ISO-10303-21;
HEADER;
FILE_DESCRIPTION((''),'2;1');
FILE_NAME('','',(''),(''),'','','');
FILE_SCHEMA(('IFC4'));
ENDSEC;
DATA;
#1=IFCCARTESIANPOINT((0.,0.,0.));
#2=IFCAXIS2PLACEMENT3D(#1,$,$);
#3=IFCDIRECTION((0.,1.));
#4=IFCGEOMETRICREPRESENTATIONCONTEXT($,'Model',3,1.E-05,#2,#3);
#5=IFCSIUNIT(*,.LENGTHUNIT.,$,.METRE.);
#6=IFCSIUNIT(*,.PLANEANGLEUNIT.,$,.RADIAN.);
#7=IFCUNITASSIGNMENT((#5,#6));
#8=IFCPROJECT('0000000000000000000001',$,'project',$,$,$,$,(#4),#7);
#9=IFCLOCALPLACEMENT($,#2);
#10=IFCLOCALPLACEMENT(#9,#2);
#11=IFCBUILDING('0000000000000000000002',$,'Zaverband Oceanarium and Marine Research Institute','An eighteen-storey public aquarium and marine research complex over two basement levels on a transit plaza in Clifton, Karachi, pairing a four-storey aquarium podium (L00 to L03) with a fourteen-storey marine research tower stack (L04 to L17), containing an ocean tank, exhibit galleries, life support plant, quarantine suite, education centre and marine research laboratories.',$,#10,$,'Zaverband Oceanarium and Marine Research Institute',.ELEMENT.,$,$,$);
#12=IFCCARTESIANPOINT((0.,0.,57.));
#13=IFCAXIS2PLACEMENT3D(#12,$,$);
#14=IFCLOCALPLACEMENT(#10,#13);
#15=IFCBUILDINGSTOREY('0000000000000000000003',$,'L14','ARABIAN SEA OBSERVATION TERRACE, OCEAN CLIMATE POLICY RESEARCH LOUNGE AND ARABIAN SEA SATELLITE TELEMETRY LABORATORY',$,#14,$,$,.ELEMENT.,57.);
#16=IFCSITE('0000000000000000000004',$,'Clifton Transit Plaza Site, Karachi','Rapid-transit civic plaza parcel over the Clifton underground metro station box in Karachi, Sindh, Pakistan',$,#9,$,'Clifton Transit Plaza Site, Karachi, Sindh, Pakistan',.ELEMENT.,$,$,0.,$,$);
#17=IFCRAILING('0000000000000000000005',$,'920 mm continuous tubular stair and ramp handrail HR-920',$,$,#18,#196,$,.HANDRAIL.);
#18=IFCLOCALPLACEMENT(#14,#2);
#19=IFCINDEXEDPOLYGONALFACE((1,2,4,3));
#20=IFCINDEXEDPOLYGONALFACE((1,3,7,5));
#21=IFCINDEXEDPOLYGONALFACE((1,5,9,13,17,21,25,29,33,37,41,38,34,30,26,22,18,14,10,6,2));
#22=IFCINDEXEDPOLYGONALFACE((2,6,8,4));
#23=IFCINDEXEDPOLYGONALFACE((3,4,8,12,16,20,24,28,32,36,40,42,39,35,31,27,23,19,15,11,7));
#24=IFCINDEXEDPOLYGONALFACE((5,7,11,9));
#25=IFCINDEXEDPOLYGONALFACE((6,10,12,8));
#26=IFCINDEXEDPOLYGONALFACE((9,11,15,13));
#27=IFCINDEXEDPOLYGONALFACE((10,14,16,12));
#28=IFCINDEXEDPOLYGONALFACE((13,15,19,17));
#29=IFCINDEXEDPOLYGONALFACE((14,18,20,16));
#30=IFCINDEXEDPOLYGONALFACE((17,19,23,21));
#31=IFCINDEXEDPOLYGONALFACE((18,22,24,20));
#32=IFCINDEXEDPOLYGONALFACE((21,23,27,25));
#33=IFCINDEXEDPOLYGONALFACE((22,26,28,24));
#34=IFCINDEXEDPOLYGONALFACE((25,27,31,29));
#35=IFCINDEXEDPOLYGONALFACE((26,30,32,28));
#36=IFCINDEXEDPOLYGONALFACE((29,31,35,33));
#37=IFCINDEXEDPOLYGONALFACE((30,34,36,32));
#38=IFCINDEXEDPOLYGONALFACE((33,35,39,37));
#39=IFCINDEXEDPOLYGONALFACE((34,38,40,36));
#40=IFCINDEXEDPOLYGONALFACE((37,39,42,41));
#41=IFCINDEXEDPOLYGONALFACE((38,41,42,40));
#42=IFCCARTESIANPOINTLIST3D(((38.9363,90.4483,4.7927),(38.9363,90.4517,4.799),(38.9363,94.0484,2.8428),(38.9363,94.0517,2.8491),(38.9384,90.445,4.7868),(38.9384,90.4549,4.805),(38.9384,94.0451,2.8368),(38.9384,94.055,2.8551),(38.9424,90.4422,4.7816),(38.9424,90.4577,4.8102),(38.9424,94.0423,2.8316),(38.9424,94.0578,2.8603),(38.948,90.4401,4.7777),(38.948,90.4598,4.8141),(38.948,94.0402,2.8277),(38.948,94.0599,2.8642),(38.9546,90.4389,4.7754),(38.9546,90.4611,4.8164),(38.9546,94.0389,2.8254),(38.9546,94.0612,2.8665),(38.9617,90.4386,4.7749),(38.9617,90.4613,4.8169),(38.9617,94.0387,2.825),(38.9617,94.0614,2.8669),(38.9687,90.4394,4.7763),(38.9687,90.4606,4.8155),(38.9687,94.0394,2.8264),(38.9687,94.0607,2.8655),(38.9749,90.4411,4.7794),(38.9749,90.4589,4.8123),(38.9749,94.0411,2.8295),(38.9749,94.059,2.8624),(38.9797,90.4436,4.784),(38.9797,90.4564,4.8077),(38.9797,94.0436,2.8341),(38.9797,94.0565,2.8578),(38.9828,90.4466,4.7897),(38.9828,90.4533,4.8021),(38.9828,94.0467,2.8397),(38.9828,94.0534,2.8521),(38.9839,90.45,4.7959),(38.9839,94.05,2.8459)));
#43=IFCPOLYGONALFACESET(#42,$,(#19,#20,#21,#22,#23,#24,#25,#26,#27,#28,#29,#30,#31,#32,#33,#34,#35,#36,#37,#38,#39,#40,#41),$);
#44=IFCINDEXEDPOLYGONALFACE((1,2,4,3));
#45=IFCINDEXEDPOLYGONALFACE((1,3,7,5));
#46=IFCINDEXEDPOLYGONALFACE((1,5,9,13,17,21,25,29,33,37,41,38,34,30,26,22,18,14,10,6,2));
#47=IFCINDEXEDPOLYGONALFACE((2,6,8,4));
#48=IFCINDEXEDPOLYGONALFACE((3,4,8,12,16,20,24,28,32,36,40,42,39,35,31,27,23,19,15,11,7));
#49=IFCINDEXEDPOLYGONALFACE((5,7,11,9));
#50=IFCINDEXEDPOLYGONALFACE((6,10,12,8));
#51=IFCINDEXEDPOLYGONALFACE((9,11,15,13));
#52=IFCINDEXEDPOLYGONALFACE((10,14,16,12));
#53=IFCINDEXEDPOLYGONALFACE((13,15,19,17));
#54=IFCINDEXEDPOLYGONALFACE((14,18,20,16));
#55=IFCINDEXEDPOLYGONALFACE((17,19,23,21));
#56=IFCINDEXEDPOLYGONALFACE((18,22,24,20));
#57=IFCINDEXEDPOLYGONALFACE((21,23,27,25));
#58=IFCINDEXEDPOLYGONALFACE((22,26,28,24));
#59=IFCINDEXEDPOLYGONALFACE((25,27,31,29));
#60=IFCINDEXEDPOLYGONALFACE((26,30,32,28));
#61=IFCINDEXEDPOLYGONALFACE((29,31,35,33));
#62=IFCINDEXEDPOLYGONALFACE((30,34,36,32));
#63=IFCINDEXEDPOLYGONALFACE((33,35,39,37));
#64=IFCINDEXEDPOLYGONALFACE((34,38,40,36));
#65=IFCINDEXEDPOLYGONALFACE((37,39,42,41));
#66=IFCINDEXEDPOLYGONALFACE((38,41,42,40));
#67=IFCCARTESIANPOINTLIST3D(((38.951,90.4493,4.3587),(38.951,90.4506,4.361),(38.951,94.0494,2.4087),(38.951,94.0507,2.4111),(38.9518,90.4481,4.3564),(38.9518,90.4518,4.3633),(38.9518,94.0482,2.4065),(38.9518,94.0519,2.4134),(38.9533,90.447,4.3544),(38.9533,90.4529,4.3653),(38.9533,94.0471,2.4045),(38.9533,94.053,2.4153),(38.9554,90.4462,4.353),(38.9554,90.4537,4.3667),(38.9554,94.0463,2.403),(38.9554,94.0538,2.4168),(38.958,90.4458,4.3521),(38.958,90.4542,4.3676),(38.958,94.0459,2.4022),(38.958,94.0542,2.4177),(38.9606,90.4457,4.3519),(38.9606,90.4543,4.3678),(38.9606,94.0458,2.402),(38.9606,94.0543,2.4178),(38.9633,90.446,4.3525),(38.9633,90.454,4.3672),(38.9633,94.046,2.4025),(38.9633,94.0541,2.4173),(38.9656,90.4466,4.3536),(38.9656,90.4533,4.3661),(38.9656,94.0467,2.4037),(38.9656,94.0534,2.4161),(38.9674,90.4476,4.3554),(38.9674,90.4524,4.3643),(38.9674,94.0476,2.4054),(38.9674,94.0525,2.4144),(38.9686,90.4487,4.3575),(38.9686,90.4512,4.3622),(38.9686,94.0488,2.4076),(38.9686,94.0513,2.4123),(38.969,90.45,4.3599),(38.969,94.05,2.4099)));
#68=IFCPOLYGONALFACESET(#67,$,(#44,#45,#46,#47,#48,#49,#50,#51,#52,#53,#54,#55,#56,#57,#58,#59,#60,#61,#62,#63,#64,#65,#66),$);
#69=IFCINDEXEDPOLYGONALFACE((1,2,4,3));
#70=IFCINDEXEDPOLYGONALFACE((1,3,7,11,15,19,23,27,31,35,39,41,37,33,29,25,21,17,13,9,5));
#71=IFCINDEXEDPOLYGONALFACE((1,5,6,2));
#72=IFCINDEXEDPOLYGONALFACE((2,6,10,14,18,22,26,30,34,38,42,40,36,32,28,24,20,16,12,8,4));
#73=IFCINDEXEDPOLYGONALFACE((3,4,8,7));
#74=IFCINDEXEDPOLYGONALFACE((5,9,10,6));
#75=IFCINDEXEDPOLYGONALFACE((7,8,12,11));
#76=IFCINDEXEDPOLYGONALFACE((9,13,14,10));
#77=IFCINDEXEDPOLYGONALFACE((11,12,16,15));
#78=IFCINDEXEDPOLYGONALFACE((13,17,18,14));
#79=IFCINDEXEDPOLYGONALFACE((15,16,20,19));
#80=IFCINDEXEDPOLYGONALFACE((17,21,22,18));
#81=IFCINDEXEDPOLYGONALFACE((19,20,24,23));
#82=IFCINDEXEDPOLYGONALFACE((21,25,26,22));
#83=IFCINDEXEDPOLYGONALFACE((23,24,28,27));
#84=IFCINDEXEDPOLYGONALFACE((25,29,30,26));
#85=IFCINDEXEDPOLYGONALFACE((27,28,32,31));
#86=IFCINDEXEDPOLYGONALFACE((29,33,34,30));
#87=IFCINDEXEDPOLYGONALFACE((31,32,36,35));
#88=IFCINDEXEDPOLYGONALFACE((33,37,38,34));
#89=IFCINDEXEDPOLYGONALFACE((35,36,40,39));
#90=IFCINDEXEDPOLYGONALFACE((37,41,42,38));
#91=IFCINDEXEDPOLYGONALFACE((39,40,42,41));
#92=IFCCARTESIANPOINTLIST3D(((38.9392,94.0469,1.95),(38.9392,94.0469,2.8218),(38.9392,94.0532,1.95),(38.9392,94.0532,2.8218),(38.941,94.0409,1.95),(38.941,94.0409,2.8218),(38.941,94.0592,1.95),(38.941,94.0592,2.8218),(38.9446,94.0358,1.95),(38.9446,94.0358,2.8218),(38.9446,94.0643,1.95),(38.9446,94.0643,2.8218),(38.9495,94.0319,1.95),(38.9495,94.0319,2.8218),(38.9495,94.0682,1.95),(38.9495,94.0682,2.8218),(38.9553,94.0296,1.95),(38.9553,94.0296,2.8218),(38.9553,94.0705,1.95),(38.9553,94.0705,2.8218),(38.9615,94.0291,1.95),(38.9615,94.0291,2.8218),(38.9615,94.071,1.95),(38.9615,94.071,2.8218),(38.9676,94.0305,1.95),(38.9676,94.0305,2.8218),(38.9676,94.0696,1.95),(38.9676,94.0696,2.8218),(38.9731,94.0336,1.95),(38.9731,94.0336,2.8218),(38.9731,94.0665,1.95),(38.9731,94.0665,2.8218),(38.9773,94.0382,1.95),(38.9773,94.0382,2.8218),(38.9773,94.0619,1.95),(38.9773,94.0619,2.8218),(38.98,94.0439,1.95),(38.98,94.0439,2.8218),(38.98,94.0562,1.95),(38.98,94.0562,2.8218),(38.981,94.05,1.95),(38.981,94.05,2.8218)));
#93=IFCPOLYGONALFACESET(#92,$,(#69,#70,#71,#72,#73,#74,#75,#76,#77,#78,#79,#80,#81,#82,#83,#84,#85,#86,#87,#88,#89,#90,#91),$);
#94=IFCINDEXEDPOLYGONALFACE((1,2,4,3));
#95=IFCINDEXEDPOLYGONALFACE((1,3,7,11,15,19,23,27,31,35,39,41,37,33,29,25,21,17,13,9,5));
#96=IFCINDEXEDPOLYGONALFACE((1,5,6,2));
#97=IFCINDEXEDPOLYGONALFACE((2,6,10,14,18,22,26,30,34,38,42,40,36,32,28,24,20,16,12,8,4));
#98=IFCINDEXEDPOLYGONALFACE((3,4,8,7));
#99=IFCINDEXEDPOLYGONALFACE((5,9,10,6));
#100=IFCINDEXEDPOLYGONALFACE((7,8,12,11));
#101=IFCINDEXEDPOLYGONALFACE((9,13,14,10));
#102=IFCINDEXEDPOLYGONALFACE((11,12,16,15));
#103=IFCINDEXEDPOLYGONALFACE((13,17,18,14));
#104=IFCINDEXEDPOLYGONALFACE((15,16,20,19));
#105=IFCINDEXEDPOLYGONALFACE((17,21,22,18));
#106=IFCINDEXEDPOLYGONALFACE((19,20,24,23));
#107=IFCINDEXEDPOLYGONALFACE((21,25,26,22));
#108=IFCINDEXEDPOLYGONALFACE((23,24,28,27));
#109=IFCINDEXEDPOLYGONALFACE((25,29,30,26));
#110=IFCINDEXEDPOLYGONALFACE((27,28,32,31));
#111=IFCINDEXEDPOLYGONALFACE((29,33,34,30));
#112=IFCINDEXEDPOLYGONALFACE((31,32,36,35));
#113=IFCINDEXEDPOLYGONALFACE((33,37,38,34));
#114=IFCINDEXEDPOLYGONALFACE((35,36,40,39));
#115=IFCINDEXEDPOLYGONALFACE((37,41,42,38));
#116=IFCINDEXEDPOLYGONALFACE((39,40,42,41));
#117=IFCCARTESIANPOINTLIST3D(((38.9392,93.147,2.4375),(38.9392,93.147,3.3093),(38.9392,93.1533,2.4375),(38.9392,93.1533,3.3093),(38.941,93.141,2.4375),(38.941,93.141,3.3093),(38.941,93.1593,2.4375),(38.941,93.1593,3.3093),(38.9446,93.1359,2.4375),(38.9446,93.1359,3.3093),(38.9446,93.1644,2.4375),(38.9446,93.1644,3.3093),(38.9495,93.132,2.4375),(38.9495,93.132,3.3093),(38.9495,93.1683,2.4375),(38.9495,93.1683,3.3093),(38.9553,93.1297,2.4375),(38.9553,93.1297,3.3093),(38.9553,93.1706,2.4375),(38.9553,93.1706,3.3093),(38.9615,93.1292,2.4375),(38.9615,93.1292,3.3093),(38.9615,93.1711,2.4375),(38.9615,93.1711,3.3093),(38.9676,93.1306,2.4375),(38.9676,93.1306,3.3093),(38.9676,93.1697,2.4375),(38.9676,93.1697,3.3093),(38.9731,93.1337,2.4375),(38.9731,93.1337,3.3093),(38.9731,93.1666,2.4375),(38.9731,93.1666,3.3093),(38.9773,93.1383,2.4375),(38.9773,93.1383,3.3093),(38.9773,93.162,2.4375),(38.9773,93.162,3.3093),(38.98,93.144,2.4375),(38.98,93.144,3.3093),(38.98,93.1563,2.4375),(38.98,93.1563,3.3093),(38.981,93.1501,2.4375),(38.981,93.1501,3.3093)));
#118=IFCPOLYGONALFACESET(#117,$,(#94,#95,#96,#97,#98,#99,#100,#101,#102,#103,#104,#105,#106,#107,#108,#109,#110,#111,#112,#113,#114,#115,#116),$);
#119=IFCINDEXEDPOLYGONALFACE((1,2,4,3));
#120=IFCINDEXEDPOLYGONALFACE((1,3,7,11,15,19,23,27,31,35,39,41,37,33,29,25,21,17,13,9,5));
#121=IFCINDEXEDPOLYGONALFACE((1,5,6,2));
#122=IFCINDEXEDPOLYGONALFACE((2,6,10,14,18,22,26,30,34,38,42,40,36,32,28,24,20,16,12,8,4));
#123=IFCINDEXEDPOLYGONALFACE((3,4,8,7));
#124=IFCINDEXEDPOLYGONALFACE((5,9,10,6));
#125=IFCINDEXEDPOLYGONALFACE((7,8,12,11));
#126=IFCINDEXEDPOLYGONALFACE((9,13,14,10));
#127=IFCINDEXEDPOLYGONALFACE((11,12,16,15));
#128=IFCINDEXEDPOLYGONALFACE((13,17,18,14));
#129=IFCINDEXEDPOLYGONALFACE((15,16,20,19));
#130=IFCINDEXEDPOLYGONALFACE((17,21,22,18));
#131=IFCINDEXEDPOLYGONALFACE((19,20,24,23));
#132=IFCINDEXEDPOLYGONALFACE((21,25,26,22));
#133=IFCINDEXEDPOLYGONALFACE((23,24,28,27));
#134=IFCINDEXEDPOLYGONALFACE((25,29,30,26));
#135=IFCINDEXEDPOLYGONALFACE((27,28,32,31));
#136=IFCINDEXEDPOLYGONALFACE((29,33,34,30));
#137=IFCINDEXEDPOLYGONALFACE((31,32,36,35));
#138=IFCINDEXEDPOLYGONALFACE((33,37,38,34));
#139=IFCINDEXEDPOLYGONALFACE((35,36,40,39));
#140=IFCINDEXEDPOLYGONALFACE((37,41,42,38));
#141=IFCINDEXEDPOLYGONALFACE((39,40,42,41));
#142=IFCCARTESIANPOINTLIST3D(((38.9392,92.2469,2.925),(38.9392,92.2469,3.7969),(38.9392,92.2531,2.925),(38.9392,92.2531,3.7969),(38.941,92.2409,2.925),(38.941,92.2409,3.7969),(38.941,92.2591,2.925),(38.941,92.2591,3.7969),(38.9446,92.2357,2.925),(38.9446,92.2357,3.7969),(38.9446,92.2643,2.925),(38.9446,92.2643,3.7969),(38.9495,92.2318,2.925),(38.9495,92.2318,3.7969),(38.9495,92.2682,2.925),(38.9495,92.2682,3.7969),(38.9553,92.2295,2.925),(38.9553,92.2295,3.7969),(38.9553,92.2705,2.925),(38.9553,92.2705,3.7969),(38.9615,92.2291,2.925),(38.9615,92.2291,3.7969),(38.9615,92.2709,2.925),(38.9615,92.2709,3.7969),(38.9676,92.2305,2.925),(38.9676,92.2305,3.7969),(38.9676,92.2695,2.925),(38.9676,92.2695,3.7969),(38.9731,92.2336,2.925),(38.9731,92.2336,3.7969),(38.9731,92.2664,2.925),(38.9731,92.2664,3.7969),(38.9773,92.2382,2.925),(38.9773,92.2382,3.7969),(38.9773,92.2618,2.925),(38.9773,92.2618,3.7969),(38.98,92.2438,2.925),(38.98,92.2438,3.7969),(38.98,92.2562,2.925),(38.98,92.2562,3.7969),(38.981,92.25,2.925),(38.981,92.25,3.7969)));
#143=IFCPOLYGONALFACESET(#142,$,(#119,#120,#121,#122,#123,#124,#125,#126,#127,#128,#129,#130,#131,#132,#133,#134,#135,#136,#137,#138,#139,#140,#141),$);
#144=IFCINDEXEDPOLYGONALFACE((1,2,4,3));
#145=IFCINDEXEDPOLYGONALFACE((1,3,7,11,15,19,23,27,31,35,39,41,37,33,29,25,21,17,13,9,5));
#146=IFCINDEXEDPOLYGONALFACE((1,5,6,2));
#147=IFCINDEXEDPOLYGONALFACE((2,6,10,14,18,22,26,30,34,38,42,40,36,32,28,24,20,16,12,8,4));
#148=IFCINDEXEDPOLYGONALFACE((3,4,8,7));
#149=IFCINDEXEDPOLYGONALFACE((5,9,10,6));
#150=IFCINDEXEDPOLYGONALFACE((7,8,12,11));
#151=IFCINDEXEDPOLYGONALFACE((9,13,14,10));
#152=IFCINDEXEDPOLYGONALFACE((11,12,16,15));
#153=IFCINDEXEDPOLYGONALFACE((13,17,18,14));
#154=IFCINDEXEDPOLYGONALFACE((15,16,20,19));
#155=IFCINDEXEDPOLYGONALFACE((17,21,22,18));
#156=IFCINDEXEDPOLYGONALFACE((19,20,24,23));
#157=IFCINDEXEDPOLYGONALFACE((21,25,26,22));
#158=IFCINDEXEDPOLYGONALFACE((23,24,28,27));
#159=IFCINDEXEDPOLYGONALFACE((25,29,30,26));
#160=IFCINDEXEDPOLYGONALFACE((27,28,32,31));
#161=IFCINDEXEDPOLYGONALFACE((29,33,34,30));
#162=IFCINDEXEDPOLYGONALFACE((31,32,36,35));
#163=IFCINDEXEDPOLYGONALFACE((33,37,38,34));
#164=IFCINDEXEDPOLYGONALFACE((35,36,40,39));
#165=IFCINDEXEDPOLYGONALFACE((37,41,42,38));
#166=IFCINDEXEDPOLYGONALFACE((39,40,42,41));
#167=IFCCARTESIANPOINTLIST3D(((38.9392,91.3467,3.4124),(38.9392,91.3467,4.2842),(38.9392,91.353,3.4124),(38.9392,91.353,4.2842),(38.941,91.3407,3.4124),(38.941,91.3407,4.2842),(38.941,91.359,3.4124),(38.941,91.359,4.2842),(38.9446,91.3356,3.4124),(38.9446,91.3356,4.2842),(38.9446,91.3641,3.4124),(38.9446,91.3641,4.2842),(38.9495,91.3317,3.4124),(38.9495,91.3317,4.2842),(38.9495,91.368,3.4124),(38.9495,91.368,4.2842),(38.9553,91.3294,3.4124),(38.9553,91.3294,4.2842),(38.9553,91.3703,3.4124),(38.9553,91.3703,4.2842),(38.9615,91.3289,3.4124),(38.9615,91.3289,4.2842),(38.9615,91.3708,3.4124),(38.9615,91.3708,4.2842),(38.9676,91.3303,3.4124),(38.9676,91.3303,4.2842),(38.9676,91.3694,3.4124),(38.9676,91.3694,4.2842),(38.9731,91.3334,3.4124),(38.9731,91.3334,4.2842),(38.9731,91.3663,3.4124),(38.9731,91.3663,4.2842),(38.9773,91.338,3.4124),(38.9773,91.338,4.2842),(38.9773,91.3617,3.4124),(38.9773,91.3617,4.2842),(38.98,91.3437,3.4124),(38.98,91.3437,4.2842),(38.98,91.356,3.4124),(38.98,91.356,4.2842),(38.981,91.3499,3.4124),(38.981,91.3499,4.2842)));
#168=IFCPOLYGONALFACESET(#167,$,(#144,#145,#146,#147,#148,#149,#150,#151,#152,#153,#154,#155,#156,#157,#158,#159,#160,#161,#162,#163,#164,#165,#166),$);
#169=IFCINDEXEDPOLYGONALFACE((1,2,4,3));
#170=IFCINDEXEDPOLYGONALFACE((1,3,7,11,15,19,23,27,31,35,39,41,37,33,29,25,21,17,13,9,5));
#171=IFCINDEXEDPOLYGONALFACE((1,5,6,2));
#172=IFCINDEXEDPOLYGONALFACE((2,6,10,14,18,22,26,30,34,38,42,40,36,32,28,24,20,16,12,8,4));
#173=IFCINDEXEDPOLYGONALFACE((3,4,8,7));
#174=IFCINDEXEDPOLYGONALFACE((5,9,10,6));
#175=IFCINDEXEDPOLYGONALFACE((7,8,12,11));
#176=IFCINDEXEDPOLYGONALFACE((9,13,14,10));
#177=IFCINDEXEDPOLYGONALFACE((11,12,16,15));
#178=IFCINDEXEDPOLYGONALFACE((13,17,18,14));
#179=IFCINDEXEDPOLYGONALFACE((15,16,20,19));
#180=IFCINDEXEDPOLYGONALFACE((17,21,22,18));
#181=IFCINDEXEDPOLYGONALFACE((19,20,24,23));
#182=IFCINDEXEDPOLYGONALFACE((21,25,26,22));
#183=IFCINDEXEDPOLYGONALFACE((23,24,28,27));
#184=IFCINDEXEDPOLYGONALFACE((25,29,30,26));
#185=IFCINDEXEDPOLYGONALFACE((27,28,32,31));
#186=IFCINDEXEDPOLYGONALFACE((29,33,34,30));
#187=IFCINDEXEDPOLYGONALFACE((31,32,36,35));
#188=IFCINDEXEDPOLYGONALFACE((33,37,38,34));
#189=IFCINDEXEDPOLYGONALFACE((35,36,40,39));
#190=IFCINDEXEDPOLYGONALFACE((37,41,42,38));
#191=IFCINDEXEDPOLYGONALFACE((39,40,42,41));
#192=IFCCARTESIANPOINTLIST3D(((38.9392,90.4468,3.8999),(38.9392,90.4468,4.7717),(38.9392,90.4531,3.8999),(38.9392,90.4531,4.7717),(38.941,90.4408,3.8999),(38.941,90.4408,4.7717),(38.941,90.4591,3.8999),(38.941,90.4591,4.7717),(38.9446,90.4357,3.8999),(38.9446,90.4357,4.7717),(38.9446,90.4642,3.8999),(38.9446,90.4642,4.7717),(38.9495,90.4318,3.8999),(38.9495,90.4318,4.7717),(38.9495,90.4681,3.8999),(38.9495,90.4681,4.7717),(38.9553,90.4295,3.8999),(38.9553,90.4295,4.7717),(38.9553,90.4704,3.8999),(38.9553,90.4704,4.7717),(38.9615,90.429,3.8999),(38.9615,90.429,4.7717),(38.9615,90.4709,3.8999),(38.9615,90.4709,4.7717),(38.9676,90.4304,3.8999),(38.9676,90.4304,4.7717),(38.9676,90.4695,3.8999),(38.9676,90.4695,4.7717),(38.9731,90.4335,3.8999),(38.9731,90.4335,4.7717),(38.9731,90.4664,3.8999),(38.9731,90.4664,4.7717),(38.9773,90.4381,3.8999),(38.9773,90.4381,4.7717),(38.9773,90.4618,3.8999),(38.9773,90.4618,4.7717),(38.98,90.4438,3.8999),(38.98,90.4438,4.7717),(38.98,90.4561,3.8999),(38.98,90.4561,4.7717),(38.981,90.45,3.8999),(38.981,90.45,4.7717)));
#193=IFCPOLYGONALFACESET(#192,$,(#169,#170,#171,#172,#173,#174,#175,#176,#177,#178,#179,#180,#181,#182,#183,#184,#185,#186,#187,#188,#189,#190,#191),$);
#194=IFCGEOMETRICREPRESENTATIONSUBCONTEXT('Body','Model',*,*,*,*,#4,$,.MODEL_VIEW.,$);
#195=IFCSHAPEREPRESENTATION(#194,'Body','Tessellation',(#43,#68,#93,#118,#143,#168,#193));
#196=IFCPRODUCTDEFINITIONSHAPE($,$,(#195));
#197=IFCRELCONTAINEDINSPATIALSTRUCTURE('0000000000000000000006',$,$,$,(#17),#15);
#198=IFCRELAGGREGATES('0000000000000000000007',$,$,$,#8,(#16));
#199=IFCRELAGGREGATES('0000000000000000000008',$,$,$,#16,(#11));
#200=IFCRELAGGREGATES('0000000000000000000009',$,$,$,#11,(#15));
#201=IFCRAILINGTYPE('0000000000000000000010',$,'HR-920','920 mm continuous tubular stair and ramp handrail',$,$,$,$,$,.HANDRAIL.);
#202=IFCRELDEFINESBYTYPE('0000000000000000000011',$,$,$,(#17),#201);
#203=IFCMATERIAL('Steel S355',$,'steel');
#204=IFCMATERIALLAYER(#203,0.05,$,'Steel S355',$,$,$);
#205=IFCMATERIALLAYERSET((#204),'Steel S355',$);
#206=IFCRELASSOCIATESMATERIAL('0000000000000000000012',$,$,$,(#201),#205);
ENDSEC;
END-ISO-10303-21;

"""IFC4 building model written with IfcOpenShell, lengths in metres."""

from ifc_helpers import new_model, si_unit, direction, frame, origin, origin_2d, place, context, subcontext, project, spatial, circle, extrude, material, layer, layer_set, type_object, element, save


model = new_model("IFC4")

# Units and contexts
model_context = context("Model", 3, precision=1e-05, world=origin(), true_north=direction((0.0, 1.0)))
body_context = subcontext(model_context, "Body", "Model", "MODEL_VIEW")
ifc_project = project(units=[si_unit("LENGTHUNIT", "METRE"), si_unit("PLANEANGLEUNIT", "RADIAN")], contexts=[model_context])

# Site, building, storey
site_placement = place(None, origin())
site = spatial("IfcSite", under=ifc_project, at=site_placement, Name="Clifton Transit Plaza Site, Karachi", Description="Rapid-transit civic plaza parcel over the Clifton underground metro station box in Karachi, Sindh, Pakistan", LongName="Clifton Transit Plaza Site, Karachi, Sindh, Pakistan", CompositionType="ELEMENT", RefElevation=0.0)
building_placement = place(site_placement, origin())
building = spatial("IfcBuilding", under=site, at=building_placement, Name="Zaverband Oceanarium and Marine Research Institute", Description="An eighteen-storey public aquarium and marine research complex over two basement levels on a transit plaza in Clifton, Karachi, pairing a four-storey aquarium podium (L00 to L03) with a fourteen-storey marine research tower stack (L04 to L17), containing an ocean tank, exhibit galleries, life support plant, quarantine suite, education centre and marine research laboratories.", LongName="Zaverband Oceanarium and Marine Research Institute", CompositionType="ELEMENT")
storey_placement = place(building_placement, frame((0.0, 0.0, 57.0)))
storey = spatial("IfcBuildingStorey", under=building, at=storey_placement, Name="L14", Description="ARABIAN SEA OBSERVATION TERRACE, OCEAN CLIMATE POLICY RESEARCH LOUNGE AND ARABIAN SEA SATELLITE TELEMETRY LABORATORY", CompositionType="ELEMENT", Elevation=57.0)

# Shared definitions
ifc_material_1 = material(Name="Steel S355", Category="steel")

# Railing
ifc_layer_1 = layer(ifc_material_1, 0.05, Name="Steel S355")
ifc_layer_set_1 = layer_set([ifc_layer_1], Name="Steel S355")
railing_type_1 = type_object("IfcRailingType", Name="HR-920", Description="920 mm continuous tubular stair and ramp handrail", PredefinedType="HANDRAIL", material=ifc_layer_set_1)
railing_placement = place(storey_placement, frame((38.96, 94.05, 1.95)))
element("IfcRailing", 1, at=railing_placement, inside=storey, type_object=railing_type_1, Name="920 mm continuous tubular stair and ramp handrail HR-920", PredefinedType="HANDRAIL", context=body_context, shape_type="SweptSolid", body=[
    extrude(circle(Radius=0.0239, at=origin_2d()), frame((0.0, 0.0, 0.896), z_axis=(0.0, -0.879302, 0.476264), x_axis=(1.0, 0.0, 0.0)), (0.0, 0.0, 1.0), 4.0942),
    extrude(circle(Radius=0.009, at=origin_2d()), frame((0.0, 0.0, 0.46), z_axis=(0.0, -0.879302, 0.476264), x_axis=(1.0, 0.0, 0.0)), (0.0, 0.0, 1.0), 4.0942),
    extrude(circle(Radius=0.021, at=origin_2d()), origin(), (0.0, 0.0, 1.0), 0.8718),
    extrude(circle(Radius=0.021, at=origin_2d()), frame((0.0, -0.8999, 0.4875)), (0.0, 0.0, 1.0), 0.8718),
    extrude(circle(Radius=0.021, at=origin_2d()), frame((0.0, -1.8, 0.9751)), (0.0, 0.0, 1.0), 0.8718),
    extrude(circle(Radius=0.021, at=origin_2d()), frame((0.0, -2.7002, 1.4624)), (0.0, 0.0, 1.0), 0.8718),
    extrude(circle(Radius=0.021, at=origin_2d()), frame((0.0, -3.6001, 1.95)), (0.0, 0.0, 1.0), 0.8718),
])

save(model, "model.ifc")
